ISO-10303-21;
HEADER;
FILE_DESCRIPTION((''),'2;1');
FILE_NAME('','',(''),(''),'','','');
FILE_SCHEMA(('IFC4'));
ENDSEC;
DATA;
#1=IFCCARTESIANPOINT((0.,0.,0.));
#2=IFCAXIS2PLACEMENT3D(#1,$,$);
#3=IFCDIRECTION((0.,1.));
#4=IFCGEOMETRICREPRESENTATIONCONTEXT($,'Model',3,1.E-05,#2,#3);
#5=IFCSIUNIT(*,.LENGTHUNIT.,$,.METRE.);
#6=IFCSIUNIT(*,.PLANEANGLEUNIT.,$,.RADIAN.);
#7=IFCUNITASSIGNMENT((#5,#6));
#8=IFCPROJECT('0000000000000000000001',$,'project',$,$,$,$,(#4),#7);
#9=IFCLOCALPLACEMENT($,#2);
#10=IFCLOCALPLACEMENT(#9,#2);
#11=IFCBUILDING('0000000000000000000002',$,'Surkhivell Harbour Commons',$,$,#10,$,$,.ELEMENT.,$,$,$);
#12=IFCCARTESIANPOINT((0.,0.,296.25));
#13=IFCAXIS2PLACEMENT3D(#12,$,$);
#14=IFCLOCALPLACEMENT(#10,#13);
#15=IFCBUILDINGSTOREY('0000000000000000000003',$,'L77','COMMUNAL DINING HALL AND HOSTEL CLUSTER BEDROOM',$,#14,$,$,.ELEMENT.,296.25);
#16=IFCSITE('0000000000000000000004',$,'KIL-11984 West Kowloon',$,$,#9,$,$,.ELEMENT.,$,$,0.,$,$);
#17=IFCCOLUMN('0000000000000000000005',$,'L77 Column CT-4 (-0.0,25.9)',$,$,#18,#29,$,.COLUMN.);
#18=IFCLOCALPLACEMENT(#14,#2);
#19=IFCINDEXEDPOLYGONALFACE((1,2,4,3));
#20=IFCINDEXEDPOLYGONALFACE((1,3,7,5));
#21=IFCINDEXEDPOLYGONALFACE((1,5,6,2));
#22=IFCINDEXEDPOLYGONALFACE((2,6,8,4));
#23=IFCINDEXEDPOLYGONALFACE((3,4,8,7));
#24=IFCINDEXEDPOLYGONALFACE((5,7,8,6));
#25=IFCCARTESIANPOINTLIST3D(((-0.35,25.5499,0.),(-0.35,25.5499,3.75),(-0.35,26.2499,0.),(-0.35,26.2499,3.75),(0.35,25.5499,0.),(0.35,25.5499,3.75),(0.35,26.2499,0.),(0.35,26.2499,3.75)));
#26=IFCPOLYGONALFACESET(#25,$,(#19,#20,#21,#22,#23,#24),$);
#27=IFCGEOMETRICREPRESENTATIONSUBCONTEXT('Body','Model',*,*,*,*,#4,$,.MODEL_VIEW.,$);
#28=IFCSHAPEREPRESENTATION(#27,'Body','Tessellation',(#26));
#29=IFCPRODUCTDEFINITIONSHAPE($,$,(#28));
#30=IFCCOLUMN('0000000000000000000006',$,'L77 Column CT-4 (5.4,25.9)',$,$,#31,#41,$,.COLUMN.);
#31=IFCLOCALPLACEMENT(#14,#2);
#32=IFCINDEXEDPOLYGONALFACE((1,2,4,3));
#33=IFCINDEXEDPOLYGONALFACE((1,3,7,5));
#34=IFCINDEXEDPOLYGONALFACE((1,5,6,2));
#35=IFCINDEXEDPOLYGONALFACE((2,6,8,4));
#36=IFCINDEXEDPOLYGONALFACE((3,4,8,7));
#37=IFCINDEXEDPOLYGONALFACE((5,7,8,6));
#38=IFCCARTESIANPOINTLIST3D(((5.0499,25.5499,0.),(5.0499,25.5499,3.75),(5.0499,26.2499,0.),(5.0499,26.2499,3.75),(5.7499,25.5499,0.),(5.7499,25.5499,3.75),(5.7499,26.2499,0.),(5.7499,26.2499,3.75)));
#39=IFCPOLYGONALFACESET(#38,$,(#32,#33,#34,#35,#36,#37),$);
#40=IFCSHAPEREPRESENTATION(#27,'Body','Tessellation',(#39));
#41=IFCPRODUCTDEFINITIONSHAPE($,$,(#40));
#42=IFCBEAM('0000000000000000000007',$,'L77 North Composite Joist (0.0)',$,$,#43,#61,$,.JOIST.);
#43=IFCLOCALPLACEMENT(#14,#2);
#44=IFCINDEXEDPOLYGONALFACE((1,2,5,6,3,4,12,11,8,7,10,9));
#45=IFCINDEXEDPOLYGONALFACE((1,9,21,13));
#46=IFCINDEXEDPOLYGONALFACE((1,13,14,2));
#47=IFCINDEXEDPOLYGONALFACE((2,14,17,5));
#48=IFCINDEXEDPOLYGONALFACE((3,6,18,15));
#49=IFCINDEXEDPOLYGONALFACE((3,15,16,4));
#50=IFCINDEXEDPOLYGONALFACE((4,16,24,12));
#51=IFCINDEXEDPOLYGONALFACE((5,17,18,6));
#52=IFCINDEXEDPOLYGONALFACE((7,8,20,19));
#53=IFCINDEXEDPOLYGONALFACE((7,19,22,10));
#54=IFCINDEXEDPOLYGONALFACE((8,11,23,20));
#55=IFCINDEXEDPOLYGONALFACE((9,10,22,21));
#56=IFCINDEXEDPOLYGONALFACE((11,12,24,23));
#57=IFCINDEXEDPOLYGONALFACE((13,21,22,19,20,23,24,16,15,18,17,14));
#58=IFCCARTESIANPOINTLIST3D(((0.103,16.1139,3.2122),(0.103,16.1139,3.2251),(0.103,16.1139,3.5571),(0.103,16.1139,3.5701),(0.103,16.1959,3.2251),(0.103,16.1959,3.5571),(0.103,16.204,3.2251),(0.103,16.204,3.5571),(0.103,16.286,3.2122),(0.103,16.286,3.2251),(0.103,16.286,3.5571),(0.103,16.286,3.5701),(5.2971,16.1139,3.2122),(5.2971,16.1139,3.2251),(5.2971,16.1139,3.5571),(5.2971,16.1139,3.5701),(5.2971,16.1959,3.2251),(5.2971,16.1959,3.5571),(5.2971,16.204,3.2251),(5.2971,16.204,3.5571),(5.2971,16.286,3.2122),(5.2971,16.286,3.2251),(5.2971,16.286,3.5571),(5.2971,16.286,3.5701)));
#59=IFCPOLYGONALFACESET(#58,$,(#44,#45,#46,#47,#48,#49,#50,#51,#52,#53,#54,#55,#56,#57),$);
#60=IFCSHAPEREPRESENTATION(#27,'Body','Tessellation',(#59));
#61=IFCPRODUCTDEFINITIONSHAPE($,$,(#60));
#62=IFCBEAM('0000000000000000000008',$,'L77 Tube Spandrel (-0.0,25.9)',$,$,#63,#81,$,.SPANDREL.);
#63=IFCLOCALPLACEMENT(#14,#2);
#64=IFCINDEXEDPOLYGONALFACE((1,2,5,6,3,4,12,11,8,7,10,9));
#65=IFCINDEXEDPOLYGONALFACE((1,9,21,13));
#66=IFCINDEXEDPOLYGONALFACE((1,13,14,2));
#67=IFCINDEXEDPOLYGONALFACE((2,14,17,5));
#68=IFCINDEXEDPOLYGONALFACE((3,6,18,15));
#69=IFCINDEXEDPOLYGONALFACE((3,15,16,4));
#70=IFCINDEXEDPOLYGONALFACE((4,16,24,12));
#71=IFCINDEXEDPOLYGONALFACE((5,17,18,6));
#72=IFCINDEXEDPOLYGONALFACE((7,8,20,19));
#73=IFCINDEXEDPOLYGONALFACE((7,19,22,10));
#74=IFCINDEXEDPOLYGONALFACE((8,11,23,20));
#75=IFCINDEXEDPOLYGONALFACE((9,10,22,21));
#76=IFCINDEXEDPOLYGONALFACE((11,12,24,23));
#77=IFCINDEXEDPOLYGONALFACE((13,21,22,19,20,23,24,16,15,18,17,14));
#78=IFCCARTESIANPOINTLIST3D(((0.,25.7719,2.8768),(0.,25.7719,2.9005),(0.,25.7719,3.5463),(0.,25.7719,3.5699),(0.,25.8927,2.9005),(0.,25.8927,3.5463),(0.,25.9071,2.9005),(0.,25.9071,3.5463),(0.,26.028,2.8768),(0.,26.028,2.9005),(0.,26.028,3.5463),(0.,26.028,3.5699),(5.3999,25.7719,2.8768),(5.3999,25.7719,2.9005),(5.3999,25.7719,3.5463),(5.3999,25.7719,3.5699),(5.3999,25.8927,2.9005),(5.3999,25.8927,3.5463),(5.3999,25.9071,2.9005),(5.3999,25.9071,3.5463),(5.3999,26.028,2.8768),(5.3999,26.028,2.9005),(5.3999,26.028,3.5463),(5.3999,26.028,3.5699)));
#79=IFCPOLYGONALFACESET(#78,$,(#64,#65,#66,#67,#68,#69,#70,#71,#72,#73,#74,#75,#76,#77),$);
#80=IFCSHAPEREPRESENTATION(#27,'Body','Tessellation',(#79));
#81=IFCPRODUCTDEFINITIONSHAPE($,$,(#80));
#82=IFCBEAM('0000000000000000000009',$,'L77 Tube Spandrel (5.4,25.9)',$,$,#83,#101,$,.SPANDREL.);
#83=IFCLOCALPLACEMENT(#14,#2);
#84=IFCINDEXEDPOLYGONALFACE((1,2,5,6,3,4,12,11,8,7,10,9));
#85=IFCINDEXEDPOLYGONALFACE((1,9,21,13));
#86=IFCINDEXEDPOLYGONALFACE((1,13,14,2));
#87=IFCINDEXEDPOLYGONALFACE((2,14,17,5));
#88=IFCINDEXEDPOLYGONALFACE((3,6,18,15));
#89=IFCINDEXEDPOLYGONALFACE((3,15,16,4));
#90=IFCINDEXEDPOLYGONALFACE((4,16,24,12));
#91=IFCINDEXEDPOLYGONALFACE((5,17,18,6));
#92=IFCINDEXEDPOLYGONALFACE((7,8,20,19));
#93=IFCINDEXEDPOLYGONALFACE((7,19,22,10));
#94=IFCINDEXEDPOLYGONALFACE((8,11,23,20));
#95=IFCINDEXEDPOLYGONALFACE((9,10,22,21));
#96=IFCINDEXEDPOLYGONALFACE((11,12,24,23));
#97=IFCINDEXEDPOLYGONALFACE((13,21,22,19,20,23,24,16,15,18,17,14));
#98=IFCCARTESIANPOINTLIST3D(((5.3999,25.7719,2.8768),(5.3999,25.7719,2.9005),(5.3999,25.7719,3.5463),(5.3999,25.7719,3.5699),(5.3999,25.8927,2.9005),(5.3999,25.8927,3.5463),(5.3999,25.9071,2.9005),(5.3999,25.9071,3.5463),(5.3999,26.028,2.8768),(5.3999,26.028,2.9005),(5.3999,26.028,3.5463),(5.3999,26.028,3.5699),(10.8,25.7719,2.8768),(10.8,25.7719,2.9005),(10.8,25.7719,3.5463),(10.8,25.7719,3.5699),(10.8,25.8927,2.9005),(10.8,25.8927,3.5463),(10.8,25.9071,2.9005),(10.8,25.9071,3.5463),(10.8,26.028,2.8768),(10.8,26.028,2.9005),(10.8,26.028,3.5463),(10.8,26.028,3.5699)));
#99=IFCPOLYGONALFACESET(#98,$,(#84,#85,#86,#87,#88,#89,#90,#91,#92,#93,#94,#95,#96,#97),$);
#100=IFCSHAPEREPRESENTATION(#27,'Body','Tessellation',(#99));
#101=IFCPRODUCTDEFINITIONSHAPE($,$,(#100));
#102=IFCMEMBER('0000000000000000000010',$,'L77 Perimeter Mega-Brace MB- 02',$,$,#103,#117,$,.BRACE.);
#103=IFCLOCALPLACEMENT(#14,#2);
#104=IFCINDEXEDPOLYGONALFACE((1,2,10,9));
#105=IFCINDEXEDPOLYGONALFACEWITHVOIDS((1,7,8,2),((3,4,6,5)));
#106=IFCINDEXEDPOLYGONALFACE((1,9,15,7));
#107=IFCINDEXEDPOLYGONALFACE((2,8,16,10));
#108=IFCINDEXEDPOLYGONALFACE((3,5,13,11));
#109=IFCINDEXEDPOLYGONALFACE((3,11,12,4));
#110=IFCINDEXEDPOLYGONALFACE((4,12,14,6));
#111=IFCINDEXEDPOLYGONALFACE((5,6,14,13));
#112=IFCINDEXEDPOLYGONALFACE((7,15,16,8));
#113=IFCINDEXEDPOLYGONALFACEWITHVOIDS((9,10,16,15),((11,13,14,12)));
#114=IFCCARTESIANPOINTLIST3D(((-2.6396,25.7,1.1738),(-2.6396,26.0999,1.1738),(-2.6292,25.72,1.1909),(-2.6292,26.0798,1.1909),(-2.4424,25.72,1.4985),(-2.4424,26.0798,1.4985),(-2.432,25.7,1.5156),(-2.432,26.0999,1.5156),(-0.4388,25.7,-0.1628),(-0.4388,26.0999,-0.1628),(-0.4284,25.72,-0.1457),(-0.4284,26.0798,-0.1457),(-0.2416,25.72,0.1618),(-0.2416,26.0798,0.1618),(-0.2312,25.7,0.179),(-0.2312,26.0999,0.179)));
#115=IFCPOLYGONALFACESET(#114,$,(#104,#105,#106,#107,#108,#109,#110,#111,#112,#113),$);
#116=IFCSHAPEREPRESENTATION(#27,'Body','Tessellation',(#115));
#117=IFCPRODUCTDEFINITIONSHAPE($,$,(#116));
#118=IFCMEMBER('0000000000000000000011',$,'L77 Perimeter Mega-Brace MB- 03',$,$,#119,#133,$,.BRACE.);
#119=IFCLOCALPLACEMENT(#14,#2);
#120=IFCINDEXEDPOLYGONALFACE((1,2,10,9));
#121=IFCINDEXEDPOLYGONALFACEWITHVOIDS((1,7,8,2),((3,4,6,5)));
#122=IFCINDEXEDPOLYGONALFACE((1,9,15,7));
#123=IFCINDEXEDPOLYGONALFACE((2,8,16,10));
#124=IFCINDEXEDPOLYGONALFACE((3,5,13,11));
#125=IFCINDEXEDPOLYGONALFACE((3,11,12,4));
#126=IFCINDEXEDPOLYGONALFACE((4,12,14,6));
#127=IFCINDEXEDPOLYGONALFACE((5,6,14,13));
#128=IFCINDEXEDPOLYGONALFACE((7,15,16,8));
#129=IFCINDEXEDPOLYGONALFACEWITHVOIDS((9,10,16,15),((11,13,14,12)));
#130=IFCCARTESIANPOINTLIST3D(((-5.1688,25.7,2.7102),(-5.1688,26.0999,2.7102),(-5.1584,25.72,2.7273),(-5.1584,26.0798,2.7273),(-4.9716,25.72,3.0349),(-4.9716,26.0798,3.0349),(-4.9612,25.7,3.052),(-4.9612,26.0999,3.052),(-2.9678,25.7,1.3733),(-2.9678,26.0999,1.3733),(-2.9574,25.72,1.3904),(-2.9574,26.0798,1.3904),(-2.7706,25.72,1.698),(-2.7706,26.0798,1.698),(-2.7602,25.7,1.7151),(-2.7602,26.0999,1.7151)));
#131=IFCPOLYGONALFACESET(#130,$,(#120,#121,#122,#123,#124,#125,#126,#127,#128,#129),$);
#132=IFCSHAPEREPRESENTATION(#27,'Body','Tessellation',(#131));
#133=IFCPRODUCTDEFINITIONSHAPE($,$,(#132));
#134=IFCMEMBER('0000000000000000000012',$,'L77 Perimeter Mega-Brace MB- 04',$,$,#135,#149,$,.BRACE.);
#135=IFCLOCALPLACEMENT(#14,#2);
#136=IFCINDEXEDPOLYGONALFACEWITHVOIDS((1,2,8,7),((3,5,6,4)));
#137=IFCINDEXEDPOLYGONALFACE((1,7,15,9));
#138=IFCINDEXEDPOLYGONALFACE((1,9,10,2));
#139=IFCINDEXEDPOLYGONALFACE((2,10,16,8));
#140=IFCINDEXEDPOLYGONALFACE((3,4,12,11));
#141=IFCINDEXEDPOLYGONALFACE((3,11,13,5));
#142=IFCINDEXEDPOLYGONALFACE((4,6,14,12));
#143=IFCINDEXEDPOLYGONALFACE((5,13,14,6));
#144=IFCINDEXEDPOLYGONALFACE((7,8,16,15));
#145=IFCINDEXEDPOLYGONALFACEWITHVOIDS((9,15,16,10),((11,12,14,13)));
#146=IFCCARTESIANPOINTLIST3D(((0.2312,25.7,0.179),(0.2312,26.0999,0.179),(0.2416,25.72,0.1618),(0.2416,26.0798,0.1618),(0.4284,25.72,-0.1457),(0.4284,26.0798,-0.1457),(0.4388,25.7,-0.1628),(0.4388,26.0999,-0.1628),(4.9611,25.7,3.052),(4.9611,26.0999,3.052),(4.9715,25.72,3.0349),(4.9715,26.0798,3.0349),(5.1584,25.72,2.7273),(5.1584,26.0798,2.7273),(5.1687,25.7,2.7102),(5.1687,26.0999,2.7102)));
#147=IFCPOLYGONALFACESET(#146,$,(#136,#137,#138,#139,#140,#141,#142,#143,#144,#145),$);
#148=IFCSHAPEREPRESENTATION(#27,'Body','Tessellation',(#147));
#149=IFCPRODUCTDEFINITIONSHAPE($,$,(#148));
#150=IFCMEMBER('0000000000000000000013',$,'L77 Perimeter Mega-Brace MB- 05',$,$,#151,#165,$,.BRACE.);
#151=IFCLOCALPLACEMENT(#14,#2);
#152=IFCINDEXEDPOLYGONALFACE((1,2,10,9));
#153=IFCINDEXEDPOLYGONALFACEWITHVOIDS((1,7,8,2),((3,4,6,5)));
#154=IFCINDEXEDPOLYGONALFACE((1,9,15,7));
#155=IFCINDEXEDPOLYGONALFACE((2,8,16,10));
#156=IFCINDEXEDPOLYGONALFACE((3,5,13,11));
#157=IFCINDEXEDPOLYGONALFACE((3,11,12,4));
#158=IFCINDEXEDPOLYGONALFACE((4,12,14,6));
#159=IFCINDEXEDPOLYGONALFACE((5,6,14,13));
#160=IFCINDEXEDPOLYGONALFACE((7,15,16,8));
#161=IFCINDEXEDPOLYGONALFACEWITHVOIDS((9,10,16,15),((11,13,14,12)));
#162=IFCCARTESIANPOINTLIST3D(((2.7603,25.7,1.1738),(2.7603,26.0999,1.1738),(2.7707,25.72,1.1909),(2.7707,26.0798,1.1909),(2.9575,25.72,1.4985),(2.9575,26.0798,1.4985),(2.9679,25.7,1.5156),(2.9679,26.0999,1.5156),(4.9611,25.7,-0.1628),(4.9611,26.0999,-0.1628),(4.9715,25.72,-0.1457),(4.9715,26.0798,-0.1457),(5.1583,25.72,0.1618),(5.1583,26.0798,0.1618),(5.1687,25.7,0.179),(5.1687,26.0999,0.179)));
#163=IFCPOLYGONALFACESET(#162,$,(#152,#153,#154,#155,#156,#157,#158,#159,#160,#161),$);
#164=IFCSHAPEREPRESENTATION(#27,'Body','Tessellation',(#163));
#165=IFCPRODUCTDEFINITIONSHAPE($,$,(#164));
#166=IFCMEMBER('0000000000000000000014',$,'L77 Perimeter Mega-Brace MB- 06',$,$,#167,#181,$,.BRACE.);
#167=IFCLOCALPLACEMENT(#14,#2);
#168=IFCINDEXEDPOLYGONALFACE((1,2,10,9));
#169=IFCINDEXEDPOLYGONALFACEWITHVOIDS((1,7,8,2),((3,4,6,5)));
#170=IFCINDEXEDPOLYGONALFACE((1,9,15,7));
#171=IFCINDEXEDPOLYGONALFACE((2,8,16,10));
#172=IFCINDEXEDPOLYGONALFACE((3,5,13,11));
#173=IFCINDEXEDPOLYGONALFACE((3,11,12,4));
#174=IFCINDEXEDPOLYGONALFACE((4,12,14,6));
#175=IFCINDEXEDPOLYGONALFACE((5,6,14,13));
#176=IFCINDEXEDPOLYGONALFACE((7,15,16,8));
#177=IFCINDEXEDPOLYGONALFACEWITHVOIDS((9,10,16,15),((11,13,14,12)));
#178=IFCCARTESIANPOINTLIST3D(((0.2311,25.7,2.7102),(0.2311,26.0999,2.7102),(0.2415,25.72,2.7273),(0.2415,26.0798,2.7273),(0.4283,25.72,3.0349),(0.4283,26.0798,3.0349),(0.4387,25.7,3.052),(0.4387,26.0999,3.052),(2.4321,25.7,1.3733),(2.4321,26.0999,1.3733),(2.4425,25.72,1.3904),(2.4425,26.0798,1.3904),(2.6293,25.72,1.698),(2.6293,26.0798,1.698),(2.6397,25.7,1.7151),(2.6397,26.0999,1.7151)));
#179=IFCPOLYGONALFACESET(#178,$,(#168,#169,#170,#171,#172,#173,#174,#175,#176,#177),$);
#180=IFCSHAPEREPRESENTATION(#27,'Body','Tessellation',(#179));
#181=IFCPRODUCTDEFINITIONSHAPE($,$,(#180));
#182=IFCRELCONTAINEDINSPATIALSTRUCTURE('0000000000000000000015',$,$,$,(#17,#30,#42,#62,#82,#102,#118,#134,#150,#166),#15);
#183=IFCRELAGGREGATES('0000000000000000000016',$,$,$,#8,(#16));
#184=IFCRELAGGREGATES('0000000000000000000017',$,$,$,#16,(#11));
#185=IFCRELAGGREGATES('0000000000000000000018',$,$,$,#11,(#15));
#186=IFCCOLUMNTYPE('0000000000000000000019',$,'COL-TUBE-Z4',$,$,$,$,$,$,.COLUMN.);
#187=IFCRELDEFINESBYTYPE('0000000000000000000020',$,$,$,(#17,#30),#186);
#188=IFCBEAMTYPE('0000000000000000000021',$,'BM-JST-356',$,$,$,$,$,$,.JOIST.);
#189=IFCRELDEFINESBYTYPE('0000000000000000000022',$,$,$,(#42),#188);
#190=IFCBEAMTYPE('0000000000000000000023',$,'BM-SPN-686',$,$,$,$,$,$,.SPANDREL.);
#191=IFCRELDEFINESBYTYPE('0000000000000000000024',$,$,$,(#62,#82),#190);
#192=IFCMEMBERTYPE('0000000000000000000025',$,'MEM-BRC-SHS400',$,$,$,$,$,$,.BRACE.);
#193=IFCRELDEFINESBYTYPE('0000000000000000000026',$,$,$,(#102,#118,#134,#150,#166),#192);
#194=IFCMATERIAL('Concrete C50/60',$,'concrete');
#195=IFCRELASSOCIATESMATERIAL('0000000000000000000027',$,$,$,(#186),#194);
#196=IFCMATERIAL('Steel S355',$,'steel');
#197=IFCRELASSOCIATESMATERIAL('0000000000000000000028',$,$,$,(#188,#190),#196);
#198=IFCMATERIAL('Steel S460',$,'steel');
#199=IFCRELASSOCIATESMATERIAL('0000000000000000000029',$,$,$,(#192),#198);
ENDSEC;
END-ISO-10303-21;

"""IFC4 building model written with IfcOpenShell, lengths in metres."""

from ifc_helpers import new_model, si_unit, direction, frame, origin, origin_2d, place, context, subcontext, project, spatial, rectangle, hollow_rectangle, i_section, extrude, material, material_profile, profile_set, type_object, element, save


model = new_model("IFC4")

# Units and contexts
model_context = context("Model", 3, precision=1e-05, world=origin(), true_north=direction((0.0, 1.0)))
body_context = subcontext(model_context, "Body", "Model", "MODEL_VIEW")
ifc_project = project(units=[si_unit("LENGTHUNIT", "METRE"), si_unit("PLANEANGLEUNIT", "RADIAN")], contexts=[model_context])

# Site, building, storey
site_placement = place(None, origin())
site = spatial("IfcSite", under=ifc_project, at=site_placement, Name="KIL-11984 West Kowloon", CompositionType="ELEMENT", RefElevation=0.0)
building_placement = place(site_placement, origin())
building = spatial("IfcBuilding", under=site, at=building_placement, Name="Surkhivell Harbour Commons", CompositionType="ELEMENT")
storey_placement = place(building_placement, frame((0.0, 0.0, 296.25)))
storey = spatial("IfcBuildingStorey", under=building, at=storey_placement, Name="L77", Description="COMMUNAL DINING HALL AND HOSTEL CLUSTER BEDROOM", CompositionType="ELEMENT", Elevation=296.25)

# Columns
ifc_material_1 = material(Name="Concrete C50/60", Category="concrete")
ifc_material_profile_1 = material_profile(ifc_material_1, rectangle(XDim=0.7, YDim=0.7, at=origin_2d()), Name="RC-COL-700x700")
ifc_profile_set_1 = profile_set([ifc_material_profile_1], Name="Concrete C50/60")
column_type = type_object("IfcColumnType", Name="COL-TUBE-Z4", PredefinedType="COLUMN", material=ifc_profile_set_1)
for number, where, z_axis, x_axis, name in (
    (1, (0.0, 25.8999, 0.0), (0.0, 0.0, 1.0), (1.0, 0.0, 0.0), "L77 Column CT-4 (-0.0,25.9)"),
    (2, (5.3999, 25.8999, 0.0), (0.0, 0.0, 1.0), (1.0, 0.0, 0.0), "L77 Column CT-4 (5.4,25.9)"),
):
    element("IfcColumn", number, at=place(storey_placement, frame(where, z_axis=z_axis, x_axis=x_axis)), inside=storey, type_object=column_type, Name=name, PredefinedType="COLUMN", context=body_context, shape_type="SweptSolid", body=[
        extrude(rectangle(XDim=0.7, YDim=0.7, at=origin_2d()), origin(), (0.0, 0.0, 1.0), 3.75),
    ])

# Beams
ifc_material_2 = material(Name="Steel S355", Category="steel")
ifc_material_profile_2 = material_profile(ifc_material_2, i_section(OverallWidth=0.1721, OverallDepth=0.3579, WebThickness=0.0081, FlangeThickness=0.0129, at=origin_2d()), Name="UB356x171x57")
ifc_profile_set_2 = profile_set([ifc_material_profile_2], Name="Steel S355")
beam_type_1 = type_object("IfcBeamType", Name="BM-JST-356", PredefinedType="JOIST", material=ifc_profile_set_2)
beam_1_placement = place(storey_placement, frame((0.103, 16.2, 3.3911), z_axis=(1.0, 0.0, 0.0), x_axis=(0.0, 1.0, 0.0)))
element("IfcBeam", 3, at=beam_1_placement, inside=storey, type_object=beam_type_1, Name="L77 North Composite Joist (0.0)", PredefinedType="JOIST", context=body_context, shape_type="SweptSolid", body=[
    extrude(i_section(OverallWidth=0.1721, OverallDepth=0.3579, WebThickness=0.0081, FlangeThickness=0.0129, at=origin_2d()), origin(), (0.0, 0.0, 1.0), 5.1941),
])
ifc_material_profile_3 = material_profile(ifc_material_2, i_section(OverallWidth=0.2561, OverallDepth=0.6931, WebThickness=0.0144, FlangeThickness=0.0237, at=origin_2d()), Name="UB686x254x170")
ifc_profile_set_3 = profile_set([ifc_material_profile_3], Name="Steel S355")
beam_type_2 = type_object("IfcBeamType", Name="BM-SPN-686", PredefinedType="SPANDREL", material=ifc_profile_set_3)
beam_2_placement = place(storey_placement, frame((0.0, 25.8999, 3.2234), z_axis=(1.0, 0.0, 0.0), x_axis=(0.0, 1.0, 0.0)))
element("IfcBeam", 4, at=beam_2_placement, inside=storey, type_object=beam_type_2, Name="L77 Tube Spandrel (-0.0,25.9)", PredefinedType="SPANDREL", context=body_context, shape_type="SweptSolid", body=[
    extrude(i_section(OverallWidth=0.2561, OverallDepth=0.6931, WebThickness=0.0144, FlangeThickness=0.0237, at=origin_2d()), origin(), (0.0, 0.0, 1.0), 5.3999),
])
beam_3_placement = place(storey_placement, frame((5.3999, 25.8999, 3.2234), z_axis=(1.0, 0.0, 0.0), x_axis=(0.0, 1.0, 0.0)))
element("IfcBeam", 5, at=beam_3_placement, inside=storey, type_object=beam_type_2, Name="L77 Tube Spandrel (5.4,25.9)", PredefinedType="SPANDREL", context=body_context, shape_type="SweptSolid", body=[
    extrude(i_section(OverallWidth=0.2561, OverallDepth=0.6931, WebThickness=0.0144, FlangeThickness=0.0237, at=origin_2d()), origin(), (0.0, 0.0, 1.0), 5.4001),
])

# Members
ifc_material_3 = material(Name="Steel S460", Category="steel")
ifc_material_profile_4 = material_profile(ifc_material_3, hollow_rectangle(XDim=0.3999, YDim=0.3999, WallThickness=0.02, at=origin_2d()), Name="SHS400x400x20")
ifc_profile_set_4 = profile_set([ifc_material_profile_4], Name="Steel S460")
member_type = type_object("IfcMemberType", Name="MEM-BRC-SHS400", PredefinedType="BRACE", material=ifc_profile_set_4)
member_1_placement = place(storey_placement, frame((-0.335, 25.8999, 0.0081), z_axis=(-0.85472, 0.0, 0.519089), x_axis=(0.0, -1.0, 0.0)))
element("IfcMember", 6, at=member_1_placement, inside=storey, type_object=member_type, Name="L77 Perimeter Mega-Brace MB- 02", PredefinedType="BRACE", context=body_context, shape_type="SweptSolid", body=[
    extrude(hollow_rectangle(XDim=0.3999, YDim=0.3999, WallThickness=0.02, at=origin_2d()), origin(), (0.0, 0.0, 1.0), 2.575),
])
member_2_placement = place(storey_placement, frame((-2.864, 25.8999, 1.5442), z_axis=(-0.854678, 0.0, 0.519159), x_axis=(0.0, -1.0, 0.0)))
element("IfcMember", 7, at=member_2_placement, inside=storey, type_object=member_type, Name="L77 Perimeter Mega-Brace MB- 03", PredefinedType="BRACE", context=body_context, shape_type="SweptSolid", body=[
    extrude(hollow_rectangle(XDim=0.3999, YDim=0.3999, WallThickness=0.02, at=origin_2d()), origin(), (0.0, 0.0, 1.0), 2.5752),
])
member_3_placement = place(storey_placement, frame((0.335, 25.8999, 0.0081), z_axis=(0.854685, 0.0, 0.519146), x_axis=(0.0, 1.0, 0.0)))
element("IfcMember", 8, at=member_3_placement, inside=storey, type_object=member_type, Name="L77 Perimeter Mega-Brace MB- 04", PredefinedType="BRACE", context=body_context, shape_type="SweptSolid", body=[
    extrude(hollow_rectangle(XDim=0.3999, YDim=0.3999, WallThickness=0.02, at=origin_2d()), origin(), (0.0, 0.0, 1.0), 5.5342),
])
member_4_placement = place(storey_placement, frame((5.0649, 25.8999, 0.0081), z_axis=(-0.85472, 0.0, 0.519089), x_axis=(0.0, -1.0, 0.0)))
element("IfcMember", 9, at=member_4_placement, inside=storey, type_object=member_type, Name="L77 Perimeter Mega-Brace MB- 05", PredefinedType="BRACE", context=body_context, shape_type="SweptSolid", body=[
    extrude(hollow_rectangle(XDim=0.3999, YDim=0.3999, WallThickness=0.02, at=origin_2d()), origin(), (0.0, 0.0, 1.0), 2.575),
])
member_5_placement = place(storey_placement, frame((2.5359, 25.8999, 1.5442), z_axis=(-0.854678, 0.0, 0.519159), x_axis=(0.0, -1.0, 0.0)))
element("IfcMember", 10, at=member_5_placement, inside=storey, type_object=member_type, Name="L77 Perimeter Mega-Brace MB- 06", PredefinedType="BRACE", context=body_context, shape_type="SweptSolid", body=[
    extrude(hollow_rectangle(XDim=0.3999, YDim=0.3999, WallThickness=0.02, at=origin_2d()), origin(), (0.0, 0.0, 1.0), 2.5752),
])

save(model, "model.ifc")
